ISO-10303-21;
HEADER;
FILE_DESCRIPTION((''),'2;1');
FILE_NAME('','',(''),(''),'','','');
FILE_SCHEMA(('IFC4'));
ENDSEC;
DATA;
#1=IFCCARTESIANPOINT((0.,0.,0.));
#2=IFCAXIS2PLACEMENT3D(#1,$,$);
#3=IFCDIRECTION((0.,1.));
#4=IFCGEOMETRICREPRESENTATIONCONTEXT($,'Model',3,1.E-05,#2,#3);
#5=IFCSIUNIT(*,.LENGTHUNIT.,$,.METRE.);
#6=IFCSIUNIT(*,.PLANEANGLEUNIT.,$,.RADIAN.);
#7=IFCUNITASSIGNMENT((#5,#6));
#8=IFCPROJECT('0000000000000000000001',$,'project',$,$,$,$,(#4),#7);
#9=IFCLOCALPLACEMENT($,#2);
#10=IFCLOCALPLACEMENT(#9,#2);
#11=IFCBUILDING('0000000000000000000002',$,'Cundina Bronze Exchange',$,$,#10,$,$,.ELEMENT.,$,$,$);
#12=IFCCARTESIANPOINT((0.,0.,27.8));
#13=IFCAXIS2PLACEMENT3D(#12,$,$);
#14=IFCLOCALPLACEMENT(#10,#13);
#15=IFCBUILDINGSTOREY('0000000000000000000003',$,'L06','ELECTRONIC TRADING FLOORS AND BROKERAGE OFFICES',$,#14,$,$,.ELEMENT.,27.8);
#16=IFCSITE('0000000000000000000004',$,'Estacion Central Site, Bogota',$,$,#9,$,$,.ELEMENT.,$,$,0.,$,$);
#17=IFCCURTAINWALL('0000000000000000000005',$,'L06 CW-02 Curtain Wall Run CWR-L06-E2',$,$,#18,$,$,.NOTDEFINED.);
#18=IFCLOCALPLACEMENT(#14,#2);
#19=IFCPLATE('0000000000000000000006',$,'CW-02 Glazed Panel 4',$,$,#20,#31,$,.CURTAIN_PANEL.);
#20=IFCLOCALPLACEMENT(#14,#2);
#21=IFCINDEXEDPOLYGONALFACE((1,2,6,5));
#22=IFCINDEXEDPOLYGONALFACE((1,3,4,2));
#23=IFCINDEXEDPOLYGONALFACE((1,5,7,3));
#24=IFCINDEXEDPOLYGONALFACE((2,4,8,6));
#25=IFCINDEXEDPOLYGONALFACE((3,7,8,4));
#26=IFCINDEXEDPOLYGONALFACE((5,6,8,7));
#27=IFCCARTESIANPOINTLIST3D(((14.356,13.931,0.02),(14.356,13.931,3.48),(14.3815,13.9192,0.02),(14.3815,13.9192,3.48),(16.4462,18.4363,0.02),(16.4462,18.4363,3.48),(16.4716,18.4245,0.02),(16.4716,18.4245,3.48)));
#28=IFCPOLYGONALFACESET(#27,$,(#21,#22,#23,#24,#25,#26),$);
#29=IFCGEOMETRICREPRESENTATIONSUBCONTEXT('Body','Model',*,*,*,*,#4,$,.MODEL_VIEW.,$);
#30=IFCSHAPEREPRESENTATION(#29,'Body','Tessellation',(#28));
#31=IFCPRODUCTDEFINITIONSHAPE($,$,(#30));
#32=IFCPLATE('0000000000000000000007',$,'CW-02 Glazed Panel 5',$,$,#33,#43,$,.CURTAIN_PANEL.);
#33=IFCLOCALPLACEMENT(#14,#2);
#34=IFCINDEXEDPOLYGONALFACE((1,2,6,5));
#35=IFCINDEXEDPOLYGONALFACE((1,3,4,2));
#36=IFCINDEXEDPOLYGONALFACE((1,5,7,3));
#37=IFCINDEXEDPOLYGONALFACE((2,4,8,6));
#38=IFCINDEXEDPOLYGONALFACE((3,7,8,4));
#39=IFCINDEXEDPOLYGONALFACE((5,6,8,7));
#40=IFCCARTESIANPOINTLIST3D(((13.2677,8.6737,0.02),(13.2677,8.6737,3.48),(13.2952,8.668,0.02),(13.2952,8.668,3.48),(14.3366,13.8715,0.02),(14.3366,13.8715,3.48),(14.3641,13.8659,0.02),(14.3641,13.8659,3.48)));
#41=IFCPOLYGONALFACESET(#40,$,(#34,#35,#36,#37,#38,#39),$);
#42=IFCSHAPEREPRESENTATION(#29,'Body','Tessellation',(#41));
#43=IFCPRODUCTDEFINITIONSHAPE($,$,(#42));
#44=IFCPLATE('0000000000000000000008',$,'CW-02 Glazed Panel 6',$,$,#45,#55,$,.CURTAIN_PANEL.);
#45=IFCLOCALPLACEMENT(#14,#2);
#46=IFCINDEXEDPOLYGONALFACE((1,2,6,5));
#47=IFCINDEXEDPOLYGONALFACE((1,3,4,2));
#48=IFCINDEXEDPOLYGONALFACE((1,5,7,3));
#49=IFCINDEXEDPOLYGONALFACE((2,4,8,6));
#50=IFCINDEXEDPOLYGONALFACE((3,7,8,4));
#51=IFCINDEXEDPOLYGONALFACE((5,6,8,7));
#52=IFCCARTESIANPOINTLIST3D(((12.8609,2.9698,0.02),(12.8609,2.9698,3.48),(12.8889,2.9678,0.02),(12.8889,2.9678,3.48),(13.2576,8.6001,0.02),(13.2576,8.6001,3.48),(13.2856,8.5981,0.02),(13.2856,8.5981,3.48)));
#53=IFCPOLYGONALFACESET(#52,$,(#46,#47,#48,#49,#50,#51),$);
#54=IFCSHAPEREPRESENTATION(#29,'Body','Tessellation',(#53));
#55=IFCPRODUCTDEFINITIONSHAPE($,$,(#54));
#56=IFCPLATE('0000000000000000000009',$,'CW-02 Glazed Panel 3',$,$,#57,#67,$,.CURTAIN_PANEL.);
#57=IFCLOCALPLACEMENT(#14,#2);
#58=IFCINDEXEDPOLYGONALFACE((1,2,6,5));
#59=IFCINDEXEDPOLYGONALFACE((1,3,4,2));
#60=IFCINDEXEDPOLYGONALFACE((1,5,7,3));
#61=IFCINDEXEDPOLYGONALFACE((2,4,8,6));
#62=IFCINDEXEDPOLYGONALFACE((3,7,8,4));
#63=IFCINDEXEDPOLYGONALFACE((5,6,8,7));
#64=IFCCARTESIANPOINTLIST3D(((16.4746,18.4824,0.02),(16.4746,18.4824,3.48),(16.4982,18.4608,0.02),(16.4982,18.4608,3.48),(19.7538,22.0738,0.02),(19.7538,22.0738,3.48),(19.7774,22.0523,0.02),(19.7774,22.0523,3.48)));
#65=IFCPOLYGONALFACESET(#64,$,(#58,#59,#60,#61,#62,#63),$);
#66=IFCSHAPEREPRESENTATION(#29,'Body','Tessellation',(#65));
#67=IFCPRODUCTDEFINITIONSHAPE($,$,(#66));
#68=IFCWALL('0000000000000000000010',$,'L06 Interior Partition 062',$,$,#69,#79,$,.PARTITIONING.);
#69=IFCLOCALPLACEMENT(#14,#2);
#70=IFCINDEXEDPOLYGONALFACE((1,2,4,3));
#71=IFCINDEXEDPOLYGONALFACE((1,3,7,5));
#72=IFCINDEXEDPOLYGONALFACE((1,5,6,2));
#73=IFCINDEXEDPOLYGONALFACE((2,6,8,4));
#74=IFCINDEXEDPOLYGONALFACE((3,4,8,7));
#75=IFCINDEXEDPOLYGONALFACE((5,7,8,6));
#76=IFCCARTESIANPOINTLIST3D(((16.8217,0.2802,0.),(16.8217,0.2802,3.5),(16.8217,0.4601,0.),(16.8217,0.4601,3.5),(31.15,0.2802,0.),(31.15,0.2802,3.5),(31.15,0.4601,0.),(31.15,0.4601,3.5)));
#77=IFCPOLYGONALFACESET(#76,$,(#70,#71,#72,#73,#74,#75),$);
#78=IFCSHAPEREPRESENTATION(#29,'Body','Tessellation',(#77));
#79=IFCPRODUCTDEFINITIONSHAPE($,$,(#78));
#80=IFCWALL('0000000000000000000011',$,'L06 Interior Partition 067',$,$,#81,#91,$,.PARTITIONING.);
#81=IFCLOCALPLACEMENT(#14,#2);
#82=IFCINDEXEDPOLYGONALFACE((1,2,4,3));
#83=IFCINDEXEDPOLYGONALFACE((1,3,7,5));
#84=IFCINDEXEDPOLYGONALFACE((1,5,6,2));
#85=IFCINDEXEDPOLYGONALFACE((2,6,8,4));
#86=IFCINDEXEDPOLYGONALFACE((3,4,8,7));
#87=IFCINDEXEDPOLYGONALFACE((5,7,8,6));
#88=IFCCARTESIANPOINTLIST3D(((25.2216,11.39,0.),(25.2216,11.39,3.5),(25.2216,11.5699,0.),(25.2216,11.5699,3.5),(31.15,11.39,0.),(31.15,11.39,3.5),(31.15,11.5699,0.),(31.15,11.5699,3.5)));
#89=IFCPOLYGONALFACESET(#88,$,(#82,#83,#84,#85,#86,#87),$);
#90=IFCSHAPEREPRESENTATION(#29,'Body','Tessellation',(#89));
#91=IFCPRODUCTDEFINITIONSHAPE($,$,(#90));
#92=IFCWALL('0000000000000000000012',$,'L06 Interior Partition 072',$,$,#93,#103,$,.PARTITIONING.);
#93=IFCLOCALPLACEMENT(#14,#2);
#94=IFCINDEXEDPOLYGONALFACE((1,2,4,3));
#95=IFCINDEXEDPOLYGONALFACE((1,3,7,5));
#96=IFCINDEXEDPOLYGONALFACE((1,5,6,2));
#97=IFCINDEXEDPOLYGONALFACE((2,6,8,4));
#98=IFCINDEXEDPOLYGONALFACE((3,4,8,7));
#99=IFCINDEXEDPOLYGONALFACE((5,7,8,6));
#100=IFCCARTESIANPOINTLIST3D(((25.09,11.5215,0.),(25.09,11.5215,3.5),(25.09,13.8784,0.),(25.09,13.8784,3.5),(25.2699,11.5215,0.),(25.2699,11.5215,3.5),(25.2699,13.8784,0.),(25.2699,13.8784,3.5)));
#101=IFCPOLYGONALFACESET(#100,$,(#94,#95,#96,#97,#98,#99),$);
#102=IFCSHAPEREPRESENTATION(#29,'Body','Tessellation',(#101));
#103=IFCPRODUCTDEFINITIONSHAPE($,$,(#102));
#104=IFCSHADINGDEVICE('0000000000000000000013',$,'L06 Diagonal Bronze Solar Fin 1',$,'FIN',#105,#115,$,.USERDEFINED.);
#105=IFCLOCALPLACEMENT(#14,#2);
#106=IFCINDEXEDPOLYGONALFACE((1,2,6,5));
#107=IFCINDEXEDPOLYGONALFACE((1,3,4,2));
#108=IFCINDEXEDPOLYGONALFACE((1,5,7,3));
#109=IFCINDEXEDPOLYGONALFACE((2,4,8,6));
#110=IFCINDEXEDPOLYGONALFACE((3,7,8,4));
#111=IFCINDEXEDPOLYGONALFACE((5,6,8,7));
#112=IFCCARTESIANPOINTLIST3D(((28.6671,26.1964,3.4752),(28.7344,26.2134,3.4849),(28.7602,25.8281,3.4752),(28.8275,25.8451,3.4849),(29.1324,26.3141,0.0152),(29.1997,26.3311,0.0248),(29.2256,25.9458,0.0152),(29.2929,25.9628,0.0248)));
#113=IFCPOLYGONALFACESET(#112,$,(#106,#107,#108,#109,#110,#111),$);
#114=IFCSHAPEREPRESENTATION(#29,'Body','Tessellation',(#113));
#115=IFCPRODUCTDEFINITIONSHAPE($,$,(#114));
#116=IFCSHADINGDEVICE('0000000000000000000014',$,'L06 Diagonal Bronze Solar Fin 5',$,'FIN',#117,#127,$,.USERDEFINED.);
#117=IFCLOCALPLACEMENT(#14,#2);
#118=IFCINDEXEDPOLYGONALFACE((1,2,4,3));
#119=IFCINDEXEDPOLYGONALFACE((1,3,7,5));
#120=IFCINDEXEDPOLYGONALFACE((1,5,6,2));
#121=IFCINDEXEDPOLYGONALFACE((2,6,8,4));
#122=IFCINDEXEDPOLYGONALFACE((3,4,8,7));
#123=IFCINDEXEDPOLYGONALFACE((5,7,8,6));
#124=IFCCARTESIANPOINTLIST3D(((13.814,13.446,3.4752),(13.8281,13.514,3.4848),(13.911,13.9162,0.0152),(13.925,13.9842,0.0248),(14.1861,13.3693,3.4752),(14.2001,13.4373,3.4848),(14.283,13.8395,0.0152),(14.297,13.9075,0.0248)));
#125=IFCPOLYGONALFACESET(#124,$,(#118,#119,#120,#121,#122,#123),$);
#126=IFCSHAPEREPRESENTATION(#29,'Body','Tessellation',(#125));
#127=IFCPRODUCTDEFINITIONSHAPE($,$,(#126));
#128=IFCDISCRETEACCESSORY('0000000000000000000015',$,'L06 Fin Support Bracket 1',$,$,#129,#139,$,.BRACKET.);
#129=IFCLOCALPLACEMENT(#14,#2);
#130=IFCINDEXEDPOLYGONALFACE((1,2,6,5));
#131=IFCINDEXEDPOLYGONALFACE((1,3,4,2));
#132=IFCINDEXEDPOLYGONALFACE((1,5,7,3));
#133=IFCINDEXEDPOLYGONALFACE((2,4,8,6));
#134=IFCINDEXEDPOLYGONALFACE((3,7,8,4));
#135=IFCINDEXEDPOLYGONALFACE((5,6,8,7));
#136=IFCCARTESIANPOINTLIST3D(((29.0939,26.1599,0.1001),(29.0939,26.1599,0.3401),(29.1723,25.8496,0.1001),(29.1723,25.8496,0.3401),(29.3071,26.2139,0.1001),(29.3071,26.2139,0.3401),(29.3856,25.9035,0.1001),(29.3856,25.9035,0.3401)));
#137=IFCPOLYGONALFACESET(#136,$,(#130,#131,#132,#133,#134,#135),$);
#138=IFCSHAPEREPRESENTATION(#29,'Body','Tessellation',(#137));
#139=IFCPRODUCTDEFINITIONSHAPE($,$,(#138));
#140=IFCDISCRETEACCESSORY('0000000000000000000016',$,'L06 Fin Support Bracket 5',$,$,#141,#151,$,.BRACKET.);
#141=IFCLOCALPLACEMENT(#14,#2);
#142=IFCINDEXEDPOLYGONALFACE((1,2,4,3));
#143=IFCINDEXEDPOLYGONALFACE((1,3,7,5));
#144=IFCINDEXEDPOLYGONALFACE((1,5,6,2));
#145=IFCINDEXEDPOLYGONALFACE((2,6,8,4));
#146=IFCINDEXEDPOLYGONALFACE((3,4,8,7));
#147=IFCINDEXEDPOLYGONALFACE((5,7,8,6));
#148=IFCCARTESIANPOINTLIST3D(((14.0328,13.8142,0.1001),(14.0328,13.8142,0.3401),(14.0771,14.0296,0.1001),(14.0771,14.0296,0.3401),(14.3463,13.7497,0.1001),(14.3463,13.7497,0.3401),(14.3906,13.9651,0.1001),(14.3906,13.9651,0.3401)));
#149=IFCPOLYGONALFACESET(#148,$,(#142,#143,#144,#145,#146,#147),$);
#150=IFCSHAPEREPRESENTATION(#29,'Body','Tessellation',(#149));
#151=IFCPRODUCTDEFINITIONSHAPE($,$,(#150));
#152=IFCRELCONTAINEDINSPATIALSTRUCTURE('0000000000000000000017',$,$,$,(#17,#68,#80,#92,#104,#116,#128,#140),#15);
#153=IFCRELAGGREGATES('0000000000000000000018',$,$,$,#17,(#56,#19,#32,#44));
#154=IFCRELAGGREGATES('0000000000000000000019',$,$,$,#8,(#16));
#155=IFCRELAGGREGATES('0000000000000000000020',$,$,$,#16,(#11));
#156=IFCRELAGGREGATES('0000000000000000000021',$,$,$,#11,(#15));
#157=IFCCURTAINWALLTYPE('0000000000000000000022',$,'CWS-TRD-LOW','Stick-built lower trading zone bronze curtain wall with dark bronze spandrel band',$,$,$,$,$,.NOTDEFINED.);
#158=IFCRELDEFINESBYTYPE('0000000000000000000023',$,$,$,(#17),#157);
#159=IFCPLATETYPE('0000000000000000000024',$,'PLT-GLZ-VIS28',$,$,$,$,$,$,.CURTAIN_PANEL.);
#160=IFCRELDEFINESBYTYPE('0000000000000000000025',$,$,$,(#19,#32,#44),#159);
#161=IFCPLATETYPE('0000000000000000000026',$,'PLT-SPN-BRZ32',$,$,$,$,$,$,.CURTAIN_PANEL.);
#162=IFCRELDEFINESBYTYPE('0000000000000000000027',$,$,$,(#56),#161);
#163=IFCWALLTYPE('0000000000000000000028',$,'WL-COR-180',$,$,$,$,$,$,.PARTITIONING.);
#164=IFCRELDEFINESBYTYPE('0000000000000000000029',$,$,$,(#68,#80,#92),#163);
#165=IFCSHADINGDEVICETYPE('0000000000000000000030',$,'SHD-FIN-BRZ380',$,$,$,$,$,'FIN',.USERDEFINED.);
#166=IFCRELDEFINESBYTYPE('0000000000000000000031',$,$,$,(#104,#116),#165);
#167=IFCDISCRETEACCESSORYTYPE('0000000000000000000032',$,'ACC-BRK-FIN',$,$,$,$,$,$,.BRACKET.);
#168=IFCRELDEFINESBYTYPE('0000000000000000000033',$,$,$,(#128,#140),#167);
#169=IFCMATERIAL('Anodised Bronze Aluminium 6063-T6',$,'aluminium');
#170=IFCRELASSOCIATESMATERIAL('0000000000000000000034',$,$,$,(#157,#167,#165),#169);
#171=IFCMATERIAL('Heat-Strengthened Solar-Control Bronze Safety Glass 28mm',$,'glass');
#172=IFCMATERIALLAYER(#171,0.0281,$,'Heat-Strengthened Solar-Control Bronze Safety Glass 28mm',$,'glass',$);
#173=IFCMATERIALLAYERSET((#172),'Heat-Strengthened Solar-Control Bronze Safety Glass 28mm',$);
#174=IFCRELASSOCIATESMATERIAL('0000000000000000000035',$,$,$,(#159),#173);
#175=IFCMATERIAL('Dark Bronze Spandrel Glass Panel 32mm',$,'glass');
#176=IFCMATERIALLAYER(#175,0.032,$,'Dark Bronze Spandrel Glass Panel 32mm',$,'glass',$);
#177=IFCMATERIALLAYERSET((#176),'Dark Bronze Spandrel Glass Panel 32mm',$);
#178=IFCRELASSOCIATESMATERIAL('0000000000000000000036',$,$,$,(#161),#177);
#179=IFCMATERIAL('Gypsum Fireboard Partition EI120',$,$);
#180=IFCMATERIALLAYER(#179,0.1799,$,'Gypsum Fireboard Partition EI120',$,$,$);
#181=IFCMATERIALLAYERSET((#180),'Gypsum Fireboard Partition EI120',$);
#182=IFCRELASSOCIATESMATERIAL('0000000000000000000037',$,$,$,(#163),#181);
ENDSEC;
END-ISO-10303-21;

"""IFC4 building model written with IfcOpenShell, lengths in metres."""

from ifc_helpers import new_model, si_unit, direction, frame, frame_2d, origin, origin_2d, place, context, subcontext, project, spatial, rectangle, extrude, material, layer, layer_set, material_profile, profile_set, type_object, element, aggregate, save


model = new_model("IFC4")

# Units and contexts
model_context = context("Model", 3, precision=1e-05, world=origin(), true_north=direction((0.0, 1.0)))
body_context = subcontext(model_context, "Body", "Model", "MODEL_VIEW")
ifc_project = project(units=[si_unit("LENGTHUNIT", "METRE"), si_unit("PLANEANGLEUNIT", "RADIAN")], contexts=[model_context])

# Site, building, storey
site_placement = place(None, origin())
site = spatial("IfcSite", under=ifc_project, at=site_placement, Name="Estacion Central Site, Bogota", CompositionType="ELEMENT", RefElevation=0.0)
building_placement = place(site_placement, origin())
building = spatial("IfcBuilding", under=site, at=building_placement, Name="Cundina Bronze Exchange", CompositionType="ELEMENT")
storey_placement = place(building_placement, frame((0.0, 0.0, 27.8)))
storey = spatial("IfcBuildingStorey", under=building, at=storey_placement, Name="L06", Description="ELECTRONIC TRADING FLOORS AND BROKERAGE OFFICES", CompositionType="ELEMENT", Elevation=27.8)

# Shared definitions
ifc_material_1 = material(Name="Anodised Bronze Aluminium 6063-T6", Category="aluminium")
curtain_wall_type = type_object("IfcCurtainWallType", Name="CWS-TRD-LOW", Description="Stick-built lower trading zone bronze curtain wall with dark bronze spandrel band", PredefinedType="NOTDEFINED", material=ifc_material_1)

# Curtain wall, plates
curtain_wall_1_placement = place(storey_placement, origin())
curtain_wall_1 = element("IfcCurtainWall", 1, at=curtain_wall_1_placement, inside=storey, type_object=curtain_wall_type, Name="L06 CW-02 Curtain Wall Run CWR-L06-E2", PredefinedType="NOTDEFINED")
ifc_material_2 = material(Name="Heat-Strengthened Solar-Control Bronze Safety Glass 28mm", Category="glass")
ifc_layer_1 = layer(ifc_material_2, 0.0281, Name="Heat-Strengthened Solar-Control Bronze Safety Glass 28mm", Category="glass")
ifc_layer_set_1 = layer_set([ifc_layer_1], Name="Heat-Strengthened Solar-Control Bronze Safety Glass 28mm")
plate_type_1 = type_object("IfcPlateType", Name="PLT-GLZ-VIS28", PredefinedType="CURTAIN_PANEL", material=ifc_layer_set_1)
plate_1_placement = place(storey_placement, frame((15.4138, 16.1777, 0.02), z_axis=(0.0, 0.0, 1.0), x_axis=(-0.420846, -0.907132, 0.0)))
plate_1 = element("IfcPlate", 2, at=plate_1_placement, type_object=plate_type_1, Name="CW-02 Glazed Panel 4", PredefinedType="CURTAIN_PANEL", context=body_context, shape_type="SweptSolid", body=[
    extrude(rectangle(XDim=4.9666, YDim=0.0281, at=origin_2d()), origin(), (0.0, 0.0, 1.0), 3.46),
])
plate_2_placement = place(storey_placement, frame((13.8159, 11.2698, 0.02), z_axis=(0.0, 0.0, 1.0), x_axis=(-0.20142, -0.979505, 0.0)))
plate_2 = element("IfcPlate", 3, at=plate_2_placement, type_object=plate_type_1, Name="CW-02 Glazed Panel 5", PredefinedType="CURTAIN_PANEL", context=body_context, shape_type="SweptSolid", body=[
    extrude(rectangle(XDim=5.3066, YDim=0.0281, at=origin_2d()), origin(), (0.0, 0.0, 1.0), 3.46),
])
plate_3_placement = place(storey_placement, frame((13.0732, 5.7839, 0.02), z_axis=(0.0, 0.0, 1.0), x_axis=(-0.070279, -0.997527, 0.0)))
plate_3 = element("IfcPlate", 4, at=plate_3_placement, type_object=plate_type_1, Name="CW-02 Glazed Panel 6", PredefinedType="CURTAIN_PANEL", context=body_context, shape_type="SweptSolid", body=[
    extrude(rectangle(XDim=5.6443, YDim=0.0281, at=origin_2d()), origin(), (0.0, 0.0, 1.0), 3.46),
])
ifc_material_3 = material(Name="Dark Bronze Spandrel Glass Panel 32mm", Category="glass")
ifc_layer_2 = layer(ifc_material_3, 0.032, Name="Dark Bronze Spandrel Glass Panel 32mm", Category="glass")
ifc_layer_set_2 = layer_set([ifc_layer_2], Name="Dark Bronze Spandrel Glass Panel 32mm")
plate_type_2 = type_object("IfcPlateType", Name="PLT-SPN-BRZ32", PredefinedType="CURTAIN_PANEL", material=ifc_layer_set_2)
plate_4_placement = place(storey_placement, frame((18.126, 20.2673, 0.02), z_axis=(0.0, 0.0, 1.0), x_axis=(-0.674277, -0.738479, 0.0)))
plate_4 = element("IfcPlate", 5, at=plate_4_placement, type_object=plate_type_2, Name="CW-02 Glazed Panel 3", PredefinedType="CURTAIN_PANEL", context=body_context, shape_type="SweptSolid", body=[
    extrude(rectangle(XDim=4.8633, YDim=0.032, at=origin_2d()), origin(), (0.0, 0.0, 1.0), 3.46),
])
aggregate(curtain_wall_1, [plate_4, plate_1, plate_2, plate_3])

# Walls
ifc_material_4 = material(Name="Gypsum Fireboard Partition EI120")
ifc_layer_3 = layer(ifc_material_4, 0.1799, Name="Gypsum Fireboard Partition EI120")
ifc_layer_set_3 = layer_set([ifc_layer_3], Name="Gypsum Fireboard Partition EI120")
wall_type = type_object("IfcWallType", Name="WL-COR-180", PredefinedType="PARTITIONING", material=ifc_layer_set_3)
wall_1_placement = place(storey_placement, frame((31.1499, 0.3701, 0.0), z_axis=(0.0, 0.0, 1.0), x_axis=(-1.0, 0.0, 0.0)))
element("IfcWall", 6, at=wall_1_placement, inside=storey, type_object=wall_type, Name="L06 Interior Partition 062", PredefinedType="PARTITIONING", context=body_context, shape_type="SweptSolid", body=[
    extrude(rectangle(XDim=14.3284, YDim=0.1799, at=frame_2d((7.1641, 0.0))), origin(), (0.0, 0.0, 1.0), 3.5),
])
wall_2_placement = place(storey_placement, frame((25.2214, 11.48, 0.0), z_axis=(0.0, 0.0, 1.0), x_axis=(1.0, 0.0, 0.0)))
element("IfcWall", 7, at=wall_2_placement, inside=storey, type_object=wall_type, Name="L06 Interior Partition 067", PredefinedType="PARTITIONING", context=body_context, shape_type="SweptSolid", body=[
    extrude(rectangle(XDim=5.9285, YDim=0.1799, at=frame_2d((2.9644, 0.0))), origin(), (0.0, 0.0, 1.0), 3.5),
])
wall_3_placement = place(storey_placement, frame((25.1799, 13.8784, 0.0), z_axis=(0.0, 0.0, 1.0), x_axis=(0.0, -1.0, 0.0)))
element("IfcWall", 8, at=wall_3_placement, inside=storey, type_object=wall_type, Name="L06 Interior Partition 072", PredefinedType="PARTITIONING", context=body_context, shape_type="SweptSolid", body=[
    extrude(rectangle(XDim=2.3569, YDim=0.1799, at=frame_2d((1.1785, 0.0))), origin(), (0.0, 0.0, 1.0), 3.5),
])

# Shading devices
ifc_material_profile_1 = material_profile(ifc_material_1, rectangle(XDim=0.0701, YDim=0.3799, at=origin_2d()), Name="FIN70X380", Category="aluminium")
ifc_profile_set_1 = profile_set([ifc_material_profile_1], Name="Anodised Bronze Aluminium 6063-T6")
shading_device_type = type_object("IfcShadingDeviceType", Name="SHD-FIN-BRZ380", ElementType="FIN", PredefinedType="USERDEFINED", material=ifc_profile_set_1)
for number, where, z_axis, x_axis, name in (
    (9, (29.2126, 26.1384, 0.02), (-0.133215, -0.033688, 0.990514), (0.960285, 0.242842, 0.137408), "L06 Diagonal Bronze Solar Fin 1"),
    (10, (14.104, 13.9119, 0.02), (-0.027747, -0.134612, 0.99051), (0.199967, 0.970115, 0.137442), "L06 Diagonal Bronze Solar Fin 5"),
):
    element("IfcShadingDevice", number, at=place(storey_placement, frame(where, z_axis=z_axis, x_axis=x_axis)), inside=storey, type_object=shading_device_type, Name=name, ObjectType="FIN", PredefinedType="USERDEFINED", context=body_context, shape_type="SweptSolid", body=[
        extrude(rectangle(XDim=0.0701, YDim=0.3799, at=origin_2d()), origin(), (0.0, 0.0, 1.0), 3.4932),
    ])

# Discrete accessories
discrete_accessory_type = type_object("IfcDiscreteAccessoryType", Name="ACC-BRK-FIN", PredefinedType="BRACKET", material=ifc_material_1)
for number, where, z_axis, x_axis, name in (
    (11, (29.2397, 26.0317, 0.1001), (0.0, 0.0, 1.0), (-0.969488, -0.245138, 0.0), "L06 Fin Support Bracket 1"),
    (12, (14.2117, 13.8896, 0.1001), (0.0, 0.0, 1.0), (-0.20142, -0.979505, 0.0), "L06 Fin Support Bracket 5"),
):
    element("IfcDiscreteAccessory", number, at=place(storey_placement, frame(where, z_axis=z_axis, x_axis=x_axis)), inside=storey, type_object=discrete_accessory_type, Name=name, PredefinedType="BRACKET", context=body_context, shape_type="SweptSolid", body=[
        extrude(rectangle(XDim=0.22, YDim=0.3201, at=origin_2d()), origin(), (0.0, 0.0, 1.0), 0.24),
    ])

save(model, "model.ifc")
